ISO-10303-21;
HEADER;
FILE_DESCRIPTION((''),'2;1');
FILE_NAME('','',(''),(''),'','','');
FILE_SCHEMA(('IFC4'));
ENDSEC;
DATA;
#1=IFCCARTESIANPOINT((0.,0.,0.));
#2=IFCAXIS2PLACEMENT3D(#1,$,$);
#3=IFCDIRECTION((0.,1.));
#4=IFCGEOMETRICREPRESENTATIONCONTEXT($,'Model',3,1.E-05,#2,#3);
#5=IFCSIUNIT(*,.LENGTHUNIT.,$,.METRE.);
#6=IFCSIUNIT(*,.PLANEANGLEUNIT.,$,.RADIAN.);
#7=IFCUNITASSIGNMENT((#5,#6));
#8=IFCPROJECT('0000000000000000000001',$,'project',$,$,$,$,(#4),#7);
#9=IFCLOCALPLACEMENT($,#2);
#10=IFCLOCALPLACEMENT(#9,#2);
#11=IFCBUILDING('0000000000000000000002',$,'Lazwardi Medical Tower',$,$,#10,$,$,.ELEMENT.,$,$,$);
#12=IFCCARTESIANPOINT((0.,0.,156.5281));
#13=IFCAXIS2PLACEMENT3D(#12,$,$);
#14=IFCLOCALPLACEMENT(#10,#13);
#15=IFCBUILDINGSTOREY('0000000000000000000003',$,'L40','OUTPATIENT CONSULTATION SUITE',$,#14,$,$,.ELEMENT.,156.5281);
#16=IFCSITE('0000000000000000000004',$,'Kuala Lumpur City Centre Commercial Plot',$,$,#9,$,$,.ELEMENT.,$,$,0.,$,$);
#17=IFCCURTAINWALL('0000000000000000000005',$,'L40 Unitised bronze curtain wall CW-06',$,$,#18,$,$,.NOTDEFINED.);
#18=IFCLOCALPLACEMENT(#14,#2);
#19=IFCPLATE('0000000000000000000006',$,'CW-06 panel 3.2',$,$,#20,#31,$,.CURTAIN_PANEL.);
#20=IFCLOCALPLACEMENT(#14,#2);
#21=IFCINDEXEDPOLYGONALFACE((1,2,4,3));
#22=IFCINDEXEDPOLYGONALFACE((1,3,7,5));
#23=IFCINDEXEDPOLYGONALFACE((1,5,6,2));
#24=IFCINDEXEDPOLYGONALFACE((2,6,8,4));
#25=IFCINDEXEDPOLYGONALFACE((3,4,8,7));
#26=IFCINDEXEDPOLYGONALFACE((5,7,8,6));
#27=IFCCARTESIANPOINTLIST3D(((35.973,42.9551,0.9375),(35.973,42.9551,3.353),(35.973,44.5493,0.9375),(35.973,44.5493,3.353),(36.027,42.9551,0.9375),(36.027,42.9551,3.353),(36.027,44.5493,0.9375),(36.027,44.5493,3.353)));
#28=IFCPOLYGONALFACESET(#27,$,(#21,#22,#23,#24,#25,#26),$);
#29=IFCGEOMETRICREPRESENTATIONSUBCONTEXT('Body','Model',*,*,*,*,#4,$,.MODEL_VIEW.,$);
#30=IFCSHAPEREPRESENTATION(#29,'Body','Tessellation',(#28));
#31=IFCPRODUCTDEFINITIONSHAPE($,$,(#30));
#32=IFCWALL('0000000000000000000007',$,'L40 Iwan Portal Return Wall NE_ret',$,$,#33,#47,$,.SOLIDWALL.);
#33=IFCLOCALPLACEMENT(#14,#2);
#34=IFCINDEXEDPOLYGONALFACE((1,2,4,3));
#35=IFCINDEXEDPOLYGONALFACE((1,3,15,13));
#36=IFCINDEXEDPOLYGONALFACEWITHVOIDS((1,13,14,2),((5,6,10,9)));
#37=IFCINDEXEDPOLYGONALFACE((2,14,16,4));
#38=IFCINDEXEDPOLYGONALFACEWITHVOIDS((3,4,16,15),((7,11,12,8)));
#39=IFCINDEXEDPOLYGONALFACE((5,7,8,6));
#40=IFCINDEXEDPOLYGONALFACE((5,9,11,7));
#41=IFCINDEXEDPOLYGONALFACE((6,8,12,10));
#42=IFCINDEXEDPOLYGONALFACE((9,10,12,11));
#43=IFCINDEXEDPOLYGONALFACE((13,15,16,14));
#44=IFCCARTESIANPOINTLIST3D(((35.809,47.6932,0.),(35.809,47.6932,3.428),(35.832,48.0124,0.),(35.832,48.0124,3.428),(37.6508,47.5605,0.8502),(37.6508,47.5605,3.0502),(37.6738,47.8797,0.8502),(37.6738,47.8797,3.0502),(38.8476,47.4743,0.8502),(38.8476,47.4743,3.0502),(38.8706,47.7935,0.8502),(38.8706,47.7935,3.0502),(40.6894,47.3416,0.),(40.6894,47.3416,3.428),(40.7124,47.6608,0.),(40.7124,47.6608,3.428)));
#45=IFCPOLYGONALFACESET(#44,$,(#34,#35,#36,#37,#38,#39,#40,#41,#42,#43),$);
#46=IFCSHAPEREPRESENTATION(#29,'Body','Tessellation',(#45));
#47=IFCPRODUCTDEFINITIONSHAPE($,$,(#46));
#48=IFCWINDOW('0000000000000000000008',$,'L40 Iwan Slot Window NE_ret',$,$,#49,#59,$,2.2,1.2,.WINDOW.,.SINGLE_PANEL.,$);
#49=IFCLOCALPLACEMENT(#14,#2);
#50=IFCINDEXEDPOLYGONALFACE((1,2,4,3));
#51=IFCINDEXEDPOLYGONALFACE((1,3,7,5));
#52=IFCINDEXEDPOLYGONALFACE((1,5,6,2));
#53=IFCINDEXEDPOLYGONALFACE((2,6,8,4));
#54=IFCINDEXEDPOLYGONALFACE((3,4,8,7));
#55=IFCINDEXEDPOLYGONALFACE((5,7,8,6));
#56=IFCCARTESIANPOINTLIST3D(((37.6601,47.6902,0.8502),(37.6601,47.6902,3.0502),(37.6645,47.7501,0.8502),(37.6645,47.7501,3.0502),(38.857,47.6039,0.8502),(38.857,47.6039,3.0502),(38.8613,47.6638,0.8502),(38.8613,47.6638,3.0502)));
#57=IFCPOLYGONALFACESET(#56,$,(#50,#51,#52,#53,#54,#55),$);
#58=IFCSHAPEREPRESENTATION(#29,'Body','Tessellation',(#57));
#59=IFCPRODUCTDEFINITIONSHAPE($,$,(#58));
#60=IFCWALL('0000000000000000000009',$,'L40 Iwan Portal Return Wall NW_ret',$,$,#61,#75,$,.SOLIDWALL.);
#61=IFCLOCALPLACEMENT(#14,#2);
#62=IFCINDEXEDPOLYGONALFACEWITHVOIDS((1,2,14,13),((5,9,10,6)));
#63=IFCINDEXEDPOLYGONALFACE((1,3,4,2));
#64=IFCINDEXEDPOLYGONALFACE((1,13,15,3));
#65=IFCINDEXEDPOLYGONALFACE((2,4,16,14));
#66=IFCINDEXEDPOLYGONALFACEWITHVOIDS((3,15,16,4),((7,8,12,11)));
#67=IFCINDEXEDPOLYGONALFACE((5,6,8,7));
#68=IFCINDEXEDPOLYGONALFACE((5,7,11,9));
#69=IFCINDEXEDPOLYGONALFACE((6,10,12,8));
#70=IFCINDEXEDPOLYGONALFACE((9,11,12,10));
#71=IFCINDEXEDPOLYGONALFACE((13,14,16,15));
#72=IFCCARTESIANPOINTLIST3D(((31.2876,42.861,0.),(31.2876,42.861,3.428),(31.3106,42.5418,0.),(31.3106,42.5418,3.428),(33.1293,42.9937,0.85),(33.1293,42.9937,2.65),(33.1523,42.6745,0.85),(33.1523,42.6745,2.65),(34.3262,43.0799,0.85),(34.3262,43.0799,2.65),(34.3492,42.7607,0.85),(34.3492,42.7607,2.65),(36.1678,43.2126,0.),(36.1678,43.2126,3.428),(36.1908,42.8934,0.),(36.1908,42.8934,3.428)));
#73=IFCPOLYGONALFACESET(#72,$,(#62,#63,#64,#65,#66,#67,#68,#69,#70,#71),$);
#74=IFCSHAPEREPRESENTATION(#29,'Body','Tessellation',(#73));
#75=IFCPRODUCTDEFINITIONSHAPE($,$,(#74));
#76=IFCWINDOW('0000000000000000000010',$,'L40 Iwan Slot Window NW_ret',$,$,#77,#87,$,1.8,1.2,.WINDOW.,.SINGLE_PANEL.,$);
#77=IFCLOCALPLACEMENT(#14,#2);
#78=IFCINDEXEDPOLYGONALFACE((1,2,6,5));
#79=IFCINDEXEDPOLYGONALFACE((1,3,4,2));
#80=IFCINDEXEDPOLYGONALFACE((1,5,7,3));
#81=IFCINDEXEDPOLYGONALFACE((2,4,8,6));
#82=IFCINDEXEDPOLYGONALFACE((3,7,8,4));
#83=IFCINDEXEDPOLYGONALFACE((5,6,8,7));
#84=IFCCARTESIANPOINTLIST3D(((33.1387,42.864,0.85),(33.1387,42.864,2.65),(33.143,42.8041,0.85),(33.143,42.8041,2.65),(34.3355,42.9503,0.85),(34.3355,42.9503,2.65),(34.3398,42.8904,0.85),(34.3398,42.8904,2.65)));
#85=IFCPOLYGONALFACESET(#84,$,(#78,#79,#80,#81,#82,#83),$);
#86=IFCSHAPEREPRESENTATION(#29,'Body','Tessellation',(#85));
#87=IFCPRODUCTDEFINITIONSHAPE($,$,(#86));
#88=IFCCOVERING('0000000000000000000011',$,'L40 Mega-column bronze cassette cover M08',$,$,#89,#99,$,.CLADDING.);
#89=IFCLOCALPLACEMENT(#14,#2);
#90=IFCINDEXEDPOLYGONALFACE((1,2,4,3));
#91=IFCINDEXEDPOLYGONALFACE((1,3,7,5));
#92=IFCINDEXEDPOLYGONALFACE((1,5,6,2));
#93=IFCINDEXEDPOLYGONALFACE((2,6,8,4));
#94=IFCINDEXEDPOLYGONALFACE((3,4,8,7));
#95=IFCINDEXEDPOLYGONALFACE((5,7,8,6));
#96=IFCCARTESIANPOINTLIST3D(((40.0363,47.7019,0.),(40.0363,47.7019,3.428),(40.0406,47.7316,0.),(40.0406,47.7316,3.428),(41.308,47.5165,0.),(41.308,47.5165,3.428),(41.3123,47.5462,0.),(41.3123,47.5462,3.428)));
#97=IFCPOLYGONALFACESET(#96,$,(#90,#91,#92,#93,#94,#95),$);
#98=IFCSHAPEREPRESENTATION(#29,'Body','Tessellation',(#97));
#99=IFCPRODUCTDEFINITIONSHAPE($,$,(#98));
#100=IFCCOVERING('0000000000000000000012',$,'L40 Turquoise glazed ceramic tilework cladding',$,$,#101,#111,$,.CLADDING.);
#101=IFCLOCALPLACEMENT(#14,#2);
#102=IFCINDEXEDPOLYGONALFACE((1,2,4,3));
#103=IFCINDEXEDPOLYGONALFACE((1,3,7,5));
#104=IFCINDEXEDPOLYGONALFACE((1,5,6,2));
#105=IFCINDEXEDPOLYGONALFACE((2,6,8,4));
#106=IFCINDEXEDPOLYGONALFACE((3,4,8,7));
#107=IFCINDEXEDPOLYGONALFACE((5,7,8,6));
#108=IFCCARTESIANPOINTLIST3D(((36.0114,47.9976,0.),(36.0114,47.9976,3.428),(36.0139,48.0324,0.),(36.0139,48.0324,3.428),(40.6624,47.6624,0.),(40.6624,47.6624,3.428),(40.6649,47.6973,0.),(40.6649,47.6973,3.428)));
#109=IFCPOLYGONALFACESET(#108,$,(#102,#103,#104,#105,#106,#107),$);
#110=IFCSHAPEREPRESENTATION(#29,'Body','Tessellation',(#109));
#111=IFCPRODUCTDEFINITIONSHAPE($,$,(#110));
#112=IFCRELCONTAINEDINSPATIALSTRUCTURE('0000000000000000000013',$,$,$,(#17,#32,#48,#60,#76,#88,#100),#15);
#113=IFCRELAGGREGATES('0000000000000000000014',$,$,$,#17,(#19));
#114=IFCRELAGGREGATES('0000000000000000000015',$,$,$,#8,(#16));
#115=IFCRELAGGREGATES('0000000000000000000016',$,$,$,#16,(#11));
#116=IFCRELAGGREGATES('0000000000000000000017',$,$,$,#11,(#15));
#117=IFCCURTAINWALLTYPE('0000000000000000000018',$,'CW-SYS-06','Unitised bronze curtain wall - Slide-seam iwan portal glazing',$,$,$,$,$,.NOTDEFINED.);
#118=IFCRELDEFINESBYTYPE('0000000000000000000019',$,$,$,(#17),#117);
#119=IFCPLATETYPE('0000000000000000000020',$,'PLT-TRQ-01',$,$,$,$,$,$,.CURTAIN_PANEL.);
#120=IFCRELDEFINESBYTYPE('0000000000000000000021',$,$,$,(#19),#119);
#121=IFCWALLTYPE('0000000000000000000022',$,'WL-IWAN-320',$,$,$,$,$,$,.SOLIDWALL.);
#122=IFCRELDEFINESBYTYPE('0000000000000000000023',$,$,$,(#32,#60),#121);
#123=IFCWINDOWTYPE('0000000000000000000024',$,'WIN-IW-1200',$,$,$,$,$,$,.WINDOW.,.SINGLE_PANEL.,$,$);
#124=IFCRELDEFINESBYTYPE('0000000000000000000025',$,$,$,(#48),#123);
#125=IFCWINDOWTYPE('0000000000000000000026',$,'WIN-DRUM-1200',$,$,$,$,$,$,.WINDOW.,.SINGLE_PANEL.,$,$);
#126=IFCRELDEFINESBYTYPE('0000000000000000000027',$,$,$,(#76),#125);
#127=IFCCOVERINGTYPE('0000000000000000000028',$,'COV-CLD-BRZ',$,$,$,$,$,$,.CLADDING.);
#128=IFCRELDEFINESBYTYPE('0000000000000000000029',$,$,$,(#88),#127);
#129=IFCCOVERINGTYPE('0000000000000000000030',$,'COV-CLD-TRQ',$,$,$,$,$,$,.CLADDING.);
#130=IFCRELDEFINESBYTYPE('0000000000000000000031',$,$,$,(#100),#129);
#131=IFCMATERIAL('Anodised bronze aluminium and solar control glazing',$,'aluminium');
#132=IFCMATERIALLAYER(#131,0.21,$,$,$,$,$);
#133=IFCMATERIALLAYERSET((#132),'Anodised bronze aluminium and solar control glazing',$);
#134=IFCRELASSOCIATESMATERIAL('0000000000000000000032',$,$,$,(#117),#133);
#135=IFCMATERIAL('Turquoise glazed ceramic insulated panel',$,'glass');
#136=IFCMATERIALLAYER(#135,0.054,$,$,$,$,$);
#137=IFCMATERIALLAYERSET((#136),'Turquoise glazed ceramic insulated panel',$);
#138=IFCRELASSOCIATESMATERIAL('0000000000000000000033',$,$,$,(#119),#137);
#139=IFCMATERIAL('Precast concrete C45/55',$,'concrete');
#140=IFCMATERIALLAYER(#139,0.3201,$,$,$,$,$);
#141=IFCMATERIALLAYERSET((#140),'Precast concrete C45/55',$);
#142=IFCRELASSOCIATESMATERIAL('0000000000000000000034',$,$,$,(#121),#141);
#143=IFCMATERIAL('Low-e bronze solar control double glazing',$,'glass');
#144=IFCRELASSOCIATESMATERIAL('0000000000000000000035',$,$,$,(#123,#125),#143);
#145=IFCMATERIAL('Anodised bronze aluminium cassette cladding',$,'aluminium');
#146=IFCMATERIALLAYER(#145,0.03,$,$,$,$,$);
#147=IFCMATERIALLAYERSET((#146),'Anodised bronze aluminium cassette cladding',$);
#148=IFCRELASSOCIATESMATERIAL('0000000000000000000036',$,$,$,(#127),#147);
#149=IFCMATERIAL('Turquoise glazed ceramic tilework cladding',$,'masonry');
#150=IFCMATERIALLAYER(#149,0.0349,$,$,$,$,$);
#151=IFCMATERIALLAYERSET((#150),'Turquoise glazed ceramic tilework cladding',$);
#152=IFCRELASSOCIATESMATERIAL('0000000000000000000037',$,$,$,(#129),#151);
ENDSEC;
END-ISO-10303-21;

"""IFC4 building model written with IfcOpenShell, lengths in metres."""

from ifc_helpers import new_model, si_unit, direction, frame, frame_2d, origin, origin_2d, place, context, subcontext, project, spatial, rectangle, extrude, material, layer, layer_set, type_object, element, fill, aggregate, save


model = new_model("IFC4")

# Units and contexts
model_context = context("Model", 3, precision=1e-05, world=origin(), true_north=direction((0.0, 1.0)))
body_context = subcontext(model_context, "Body", "Model", "MODEL_VIEW")
ifc_project = project(units=[si_unit("LENGTHUNIT", "METRE"), si_unit("PLANEANGLEUNIT", "RADIAN")], contexts=[model_context])

# Site, building, storey
site_placement = place(None, origin())
site = spatial("IfcSite", under=ifc_project, at=site_placement, Name="Kuala Lumpur City Centre Commercial Plot", CompositionType="ELEMENT", RefElevation=0.0)
building_placement = place(site_placement, origin())
building = spatial("IfcBuilding", under=site, at=building_placement, Name="Lazwardi Medical Tower", CompositionType="ELEMENT")
storey_placement = place(building_placement, frame((0.0, 0.0, 156.5281)))
storey = spatial("IfcBuildingStorey", under=building, at=storey_placement, Name="L40", Description="OUTPATIENT CONSULTATION SUITE", CompositionType="ELEMENT", Elevation=156.5281)

# Curtain wall
ifc_material_1 = material(Name="Anodised bronze aluminium and solar control glazing", Category="aluminium")
ifc_layer_1 = layer(ifc_material_1, 0.21)
ifc_layer_set_1 = layer_set([ifc_layer_1], Name="Anodised bronze aluminium and solar control glazing")
curtain_wall_type_1 = type_object("IfcCurtainWallType", Name="CW-SYS-06", Description="Unitised bronze curtain wall - Slide-seam iwan portal glazing", PredefinedType="NOTDEFINED", material=ifc_layer_set_1)
curtain_wall_1_placement = place(storey_placement, origin())
curtain_wall_1 = element("IfcCurtainWall", 1, at=curtain_wall_1_placement, inside=storey, type_object=curtain_wall_type_1, Name="L40 Unitised bronze curtain wall CW-06", PredefinedType="NOTDEFINED")

# Plate
ifc_material_2 = material(Name="Low-e bronze solar control double glazing", Category="glass")
ifc_material_3 = material(Name="Turquoise glazed ceramic insulated panel", Category="glass")
ifc_layer_2 = layer(ifc_material_3, 0.054)
ifc_layer_set_2 = layer_set([ifc_layer_2], Name="Turquoise glazed ceramic insulated panel")
plate_type_1 = type_object("IfcPlateType", Name="PLT-TRQ-01", PredefinedType="CURTAIN_PANEL", material=ifc_layer_set_2)
plate_1_placement = place(storey_placement, frame((36.0, 43.7522, 0.9375), z_axis=(0.0, 0.0, 1.0), x_axis=(0.0, -1.0, 0.0)))
plate_1 = element("IfcPlate", 2, at=plate_1_placement, type_object=plate_type_1, Name="CW-06 panel 3.2", PredefinedType="CURTAIN_PANEL", context=body_context, shape_type="SweptSolid", body=[
    extrude(rectangle(XDim=1.5942, YDim=0.054, at=origin_2d()), origin(), (0.0, 0.0, 1.0), 2.4155),
])
aggregate(curtain_wall_1, [plate_1])

# Walls, openings, windows
ifc_material_4 = material(Name="Precast concrete C45/55", Category="concrete")
ifc_layer_3 = layer(ifc_material_4, 0.3201)
ifc_layer_set_3 = layer_set([ifc_layer_3], Name="Precast concrete C45/55")
wall_type = type_object("IfcWallType", Name="WL-IWAN-320", PredefinedType="SOLIDWALL", material=ifc_layer_set_3)
wall_1_placement = place(storey_placement, frame((40.7009, 47.5012, 0.0), z_axis=(0.0, 0.0, 1.0), x_axis=(-0.997415, 0.07185, 0.0)))
wall_1 = element("IfcWall", 3, at=wall_1_placement, inside=storey, type_object=wall_type, Name="L40 Iwan Portal Return Wall NE_ret", PredefinedType="SOLIDWALL", context=body_context, shape_type="SweptSolid", body=[
    extrude(rectangle(XDim=4.8931, YDim=0.3201, at=frame_2d((2.4465, 0.0))), origin(), (0.0, 0.0, 1.0), 3.428),
])
opening_1_placement = place(wall_1_placement, frame((1.8464, 0.0, 0.8501)))
opening_1 = element("IfcOpeningElement", 4, at=opening_1_placement, cuts=wall_1, PredefinedType="OPENING", context=body_context, shape_type="SweptSolid", body=[
    extrude(rectangle(XDim=1.2, YDim=2.2, at=frame_2d((0.6001, 1.1001))), frame((0.0, 0.1699, 0.0), z_axis=(0.0, -1.0, 0.0), x_axis=(1.0, 0.0, 0.0)), (0.0, 0.0, 1.0), 0.3401),
])
window_type_1 = type_object("IfcWindowType", Name="WIN-IW-1200", PartitioningType="SINGLE_PANEL", PredefinedType="WINDOW", material=ifc_material_2)
window_1_placement = place(opening_1_placement, origin())
window_1 = element("IfcWindow", 5, at=window_1_placement, inside=storey, type_object=window_type_1, Name="L40 Iwan Slot Window NE_ret", OverallHeight=2.2, OverallWidth=1.2, PartitioningType="SINGLE_PANEL", PredefinedType="WINDOW", context=body_context, shape_type="SweptSolid", body=[
    extrude(rectangle(XDim=1.2, YDim=2.2, at=frame_2d((0.6001, 1.1001))), frame((0.0, 0.03, 0.0), z_axis=(0.0, -1.0, 0.0), x_axis=(1.0, 0.0, 0.0)), (0.0, 0.0, 1.0), 0.0601),
])
fill(opening_1, window_1)
wall_2_placement = place(storey_placement, frame((36.1792, 43.053, 0.0), z_axis=(0.0, 0.0, 1.0), x_axis=(-0.997415, -0.071853, 0.0)))
wall_2 = element("IfcWall", 6, at=wall_2_placement, inside=storey, type_object=wall_type, Name="L40 Iwan Portal Return Wall NW_ret", PredefinedType="SOLIDWALL", context=body_context, shape_type="SweptSolid", body=[
    extrude(rectangle(XDim=4.8928, YDim=0.3201, at=frame_2d((2.4463, 0.0))), origin(), (0.0, 0.0, 1.0), 3.428),
])
opening_2_placement = place(wall_2_placement, frame((1.8462, 0.0, 0.8501)))
opening_2 = element("IfcOpeningElement", 7, at=opening_2_placement, cuts=wall_2, PredefinedType="OPENING", context=body_context, shape_type="SweptSolid", body=[
    extrude(rectangle(XDim=1.2, YDim=1.8, at=frame_2d((0.6001, 0.8999))), frame((0.0, 0.1699, 0.0), z_axis=(0.0, -1.0, 0.0), x_axis=(1.0, 0.0, 0.0)), (0.0, 0.0, 1.0), 0.3401),
])
window_type_2 = type_object("IfcWindowType", Name="WIN-DRUM-1200", PartitioningType="SINGLE_PANEL", PredefinedType="WINDOW", material=ifc_material_2)
window_2_placement = place(opening_2_placement, origin())
window_2 = element("IfcWindow", 8, at=window_2_placement, inside=storey, type_object=window_type_2, Name="L40 Iwan Slot Window NW_ret", OverallHeight=1.8, OverallWidth=1.2, PartitioningType="SINGLE_PANEL", PredefinedType="WINDOW", context=body_context, shape_type="SweptSolid", body=[
    extrude(rectangle(XDim=1.2, YDim=1.8, at=frame_2d((0.6001, 0.8999))), frame((0.0, 0.03, 0.0), z_axis=(0.0, -1.0, 0.0), x_axis=(1.0, 0.0, 0.0)), (0.0, 0.0, 1.0), 0.0601),
])
fill(opening_2, window_2)

# Coverings
ifc_material_5 = material(Name="Anodised bronze aluminium cassette cladding", Category="aluminium")
ifc_layer_4 = layer(ifc_material_5, 0.03)
ifc_layer_set_4 = layer_set([ifc_layer_4], Name="Anodised bronze aluminium cassette cladding")
covering_type_1 = type_object("IfcCoveringType", Name="COV-CLD-BRZ", PredefinedType="CLADDING", material=ifc_layer_set_4)
covering_1_placement = place(storey_placement, frame((40.6743, 47.624, 0.0), z_axis=(0.0, 0.0, 1.0), x_axis=(-0.989539, 0.144265, 0.0)))
element("IfcCovering", 9, at=covering_1_placement, inside=storey, type_object=covering_type_1, Name="L40 Mega-column bronze cassette cover M08", PredefinedType="CLADDING", context=body_context, shape_type="SweptSolid", body=[
    extrude(rectangle(XDim=1.2852, YDim=0.03, at=origin_2d()), origin(), (0.0, 0.0, 1.0), 3.428),
])
ifc_material_6 = material(Name="Turquoise glazed ceramic tilework cladding", Category="masonry")
ifc_layer_5 = layer(ifc_material_6, 0.0349)
ifc_layer_set_5 = layer_set([ifc_layer_5], Name="Turquoise glazed ceramic tilework cladding")
covering_type_2 = type_object("IfcCoveringType", Name="COV-CLD-TRQ", PredefinedType="CLADDING", material=ifc_layer_set_5)
covering_2_placement = place(storey_placement, frame((38.3381, 47.8474, 0.0), z_axis=(0.0, 0.0, 1.0), x_axis=(-0.997415, 0.071863, 0.0)))
element("IfcCovering", 10, at=covering_2_placement, inside=storey, type_object=covering_type_2, Name="L40 Turquoise glazed ceramic tilework cladding", PredefinedType="CLADDING", context=body_context, shape_type="SweptSolid", body=[
    extrude(rectangle(XDim=4.6631, YDim=0.0349, at=origin_2d()), origin(), (0.0, 0.0, 1.0), 3.428),
])

save(model, "model.ifc")
